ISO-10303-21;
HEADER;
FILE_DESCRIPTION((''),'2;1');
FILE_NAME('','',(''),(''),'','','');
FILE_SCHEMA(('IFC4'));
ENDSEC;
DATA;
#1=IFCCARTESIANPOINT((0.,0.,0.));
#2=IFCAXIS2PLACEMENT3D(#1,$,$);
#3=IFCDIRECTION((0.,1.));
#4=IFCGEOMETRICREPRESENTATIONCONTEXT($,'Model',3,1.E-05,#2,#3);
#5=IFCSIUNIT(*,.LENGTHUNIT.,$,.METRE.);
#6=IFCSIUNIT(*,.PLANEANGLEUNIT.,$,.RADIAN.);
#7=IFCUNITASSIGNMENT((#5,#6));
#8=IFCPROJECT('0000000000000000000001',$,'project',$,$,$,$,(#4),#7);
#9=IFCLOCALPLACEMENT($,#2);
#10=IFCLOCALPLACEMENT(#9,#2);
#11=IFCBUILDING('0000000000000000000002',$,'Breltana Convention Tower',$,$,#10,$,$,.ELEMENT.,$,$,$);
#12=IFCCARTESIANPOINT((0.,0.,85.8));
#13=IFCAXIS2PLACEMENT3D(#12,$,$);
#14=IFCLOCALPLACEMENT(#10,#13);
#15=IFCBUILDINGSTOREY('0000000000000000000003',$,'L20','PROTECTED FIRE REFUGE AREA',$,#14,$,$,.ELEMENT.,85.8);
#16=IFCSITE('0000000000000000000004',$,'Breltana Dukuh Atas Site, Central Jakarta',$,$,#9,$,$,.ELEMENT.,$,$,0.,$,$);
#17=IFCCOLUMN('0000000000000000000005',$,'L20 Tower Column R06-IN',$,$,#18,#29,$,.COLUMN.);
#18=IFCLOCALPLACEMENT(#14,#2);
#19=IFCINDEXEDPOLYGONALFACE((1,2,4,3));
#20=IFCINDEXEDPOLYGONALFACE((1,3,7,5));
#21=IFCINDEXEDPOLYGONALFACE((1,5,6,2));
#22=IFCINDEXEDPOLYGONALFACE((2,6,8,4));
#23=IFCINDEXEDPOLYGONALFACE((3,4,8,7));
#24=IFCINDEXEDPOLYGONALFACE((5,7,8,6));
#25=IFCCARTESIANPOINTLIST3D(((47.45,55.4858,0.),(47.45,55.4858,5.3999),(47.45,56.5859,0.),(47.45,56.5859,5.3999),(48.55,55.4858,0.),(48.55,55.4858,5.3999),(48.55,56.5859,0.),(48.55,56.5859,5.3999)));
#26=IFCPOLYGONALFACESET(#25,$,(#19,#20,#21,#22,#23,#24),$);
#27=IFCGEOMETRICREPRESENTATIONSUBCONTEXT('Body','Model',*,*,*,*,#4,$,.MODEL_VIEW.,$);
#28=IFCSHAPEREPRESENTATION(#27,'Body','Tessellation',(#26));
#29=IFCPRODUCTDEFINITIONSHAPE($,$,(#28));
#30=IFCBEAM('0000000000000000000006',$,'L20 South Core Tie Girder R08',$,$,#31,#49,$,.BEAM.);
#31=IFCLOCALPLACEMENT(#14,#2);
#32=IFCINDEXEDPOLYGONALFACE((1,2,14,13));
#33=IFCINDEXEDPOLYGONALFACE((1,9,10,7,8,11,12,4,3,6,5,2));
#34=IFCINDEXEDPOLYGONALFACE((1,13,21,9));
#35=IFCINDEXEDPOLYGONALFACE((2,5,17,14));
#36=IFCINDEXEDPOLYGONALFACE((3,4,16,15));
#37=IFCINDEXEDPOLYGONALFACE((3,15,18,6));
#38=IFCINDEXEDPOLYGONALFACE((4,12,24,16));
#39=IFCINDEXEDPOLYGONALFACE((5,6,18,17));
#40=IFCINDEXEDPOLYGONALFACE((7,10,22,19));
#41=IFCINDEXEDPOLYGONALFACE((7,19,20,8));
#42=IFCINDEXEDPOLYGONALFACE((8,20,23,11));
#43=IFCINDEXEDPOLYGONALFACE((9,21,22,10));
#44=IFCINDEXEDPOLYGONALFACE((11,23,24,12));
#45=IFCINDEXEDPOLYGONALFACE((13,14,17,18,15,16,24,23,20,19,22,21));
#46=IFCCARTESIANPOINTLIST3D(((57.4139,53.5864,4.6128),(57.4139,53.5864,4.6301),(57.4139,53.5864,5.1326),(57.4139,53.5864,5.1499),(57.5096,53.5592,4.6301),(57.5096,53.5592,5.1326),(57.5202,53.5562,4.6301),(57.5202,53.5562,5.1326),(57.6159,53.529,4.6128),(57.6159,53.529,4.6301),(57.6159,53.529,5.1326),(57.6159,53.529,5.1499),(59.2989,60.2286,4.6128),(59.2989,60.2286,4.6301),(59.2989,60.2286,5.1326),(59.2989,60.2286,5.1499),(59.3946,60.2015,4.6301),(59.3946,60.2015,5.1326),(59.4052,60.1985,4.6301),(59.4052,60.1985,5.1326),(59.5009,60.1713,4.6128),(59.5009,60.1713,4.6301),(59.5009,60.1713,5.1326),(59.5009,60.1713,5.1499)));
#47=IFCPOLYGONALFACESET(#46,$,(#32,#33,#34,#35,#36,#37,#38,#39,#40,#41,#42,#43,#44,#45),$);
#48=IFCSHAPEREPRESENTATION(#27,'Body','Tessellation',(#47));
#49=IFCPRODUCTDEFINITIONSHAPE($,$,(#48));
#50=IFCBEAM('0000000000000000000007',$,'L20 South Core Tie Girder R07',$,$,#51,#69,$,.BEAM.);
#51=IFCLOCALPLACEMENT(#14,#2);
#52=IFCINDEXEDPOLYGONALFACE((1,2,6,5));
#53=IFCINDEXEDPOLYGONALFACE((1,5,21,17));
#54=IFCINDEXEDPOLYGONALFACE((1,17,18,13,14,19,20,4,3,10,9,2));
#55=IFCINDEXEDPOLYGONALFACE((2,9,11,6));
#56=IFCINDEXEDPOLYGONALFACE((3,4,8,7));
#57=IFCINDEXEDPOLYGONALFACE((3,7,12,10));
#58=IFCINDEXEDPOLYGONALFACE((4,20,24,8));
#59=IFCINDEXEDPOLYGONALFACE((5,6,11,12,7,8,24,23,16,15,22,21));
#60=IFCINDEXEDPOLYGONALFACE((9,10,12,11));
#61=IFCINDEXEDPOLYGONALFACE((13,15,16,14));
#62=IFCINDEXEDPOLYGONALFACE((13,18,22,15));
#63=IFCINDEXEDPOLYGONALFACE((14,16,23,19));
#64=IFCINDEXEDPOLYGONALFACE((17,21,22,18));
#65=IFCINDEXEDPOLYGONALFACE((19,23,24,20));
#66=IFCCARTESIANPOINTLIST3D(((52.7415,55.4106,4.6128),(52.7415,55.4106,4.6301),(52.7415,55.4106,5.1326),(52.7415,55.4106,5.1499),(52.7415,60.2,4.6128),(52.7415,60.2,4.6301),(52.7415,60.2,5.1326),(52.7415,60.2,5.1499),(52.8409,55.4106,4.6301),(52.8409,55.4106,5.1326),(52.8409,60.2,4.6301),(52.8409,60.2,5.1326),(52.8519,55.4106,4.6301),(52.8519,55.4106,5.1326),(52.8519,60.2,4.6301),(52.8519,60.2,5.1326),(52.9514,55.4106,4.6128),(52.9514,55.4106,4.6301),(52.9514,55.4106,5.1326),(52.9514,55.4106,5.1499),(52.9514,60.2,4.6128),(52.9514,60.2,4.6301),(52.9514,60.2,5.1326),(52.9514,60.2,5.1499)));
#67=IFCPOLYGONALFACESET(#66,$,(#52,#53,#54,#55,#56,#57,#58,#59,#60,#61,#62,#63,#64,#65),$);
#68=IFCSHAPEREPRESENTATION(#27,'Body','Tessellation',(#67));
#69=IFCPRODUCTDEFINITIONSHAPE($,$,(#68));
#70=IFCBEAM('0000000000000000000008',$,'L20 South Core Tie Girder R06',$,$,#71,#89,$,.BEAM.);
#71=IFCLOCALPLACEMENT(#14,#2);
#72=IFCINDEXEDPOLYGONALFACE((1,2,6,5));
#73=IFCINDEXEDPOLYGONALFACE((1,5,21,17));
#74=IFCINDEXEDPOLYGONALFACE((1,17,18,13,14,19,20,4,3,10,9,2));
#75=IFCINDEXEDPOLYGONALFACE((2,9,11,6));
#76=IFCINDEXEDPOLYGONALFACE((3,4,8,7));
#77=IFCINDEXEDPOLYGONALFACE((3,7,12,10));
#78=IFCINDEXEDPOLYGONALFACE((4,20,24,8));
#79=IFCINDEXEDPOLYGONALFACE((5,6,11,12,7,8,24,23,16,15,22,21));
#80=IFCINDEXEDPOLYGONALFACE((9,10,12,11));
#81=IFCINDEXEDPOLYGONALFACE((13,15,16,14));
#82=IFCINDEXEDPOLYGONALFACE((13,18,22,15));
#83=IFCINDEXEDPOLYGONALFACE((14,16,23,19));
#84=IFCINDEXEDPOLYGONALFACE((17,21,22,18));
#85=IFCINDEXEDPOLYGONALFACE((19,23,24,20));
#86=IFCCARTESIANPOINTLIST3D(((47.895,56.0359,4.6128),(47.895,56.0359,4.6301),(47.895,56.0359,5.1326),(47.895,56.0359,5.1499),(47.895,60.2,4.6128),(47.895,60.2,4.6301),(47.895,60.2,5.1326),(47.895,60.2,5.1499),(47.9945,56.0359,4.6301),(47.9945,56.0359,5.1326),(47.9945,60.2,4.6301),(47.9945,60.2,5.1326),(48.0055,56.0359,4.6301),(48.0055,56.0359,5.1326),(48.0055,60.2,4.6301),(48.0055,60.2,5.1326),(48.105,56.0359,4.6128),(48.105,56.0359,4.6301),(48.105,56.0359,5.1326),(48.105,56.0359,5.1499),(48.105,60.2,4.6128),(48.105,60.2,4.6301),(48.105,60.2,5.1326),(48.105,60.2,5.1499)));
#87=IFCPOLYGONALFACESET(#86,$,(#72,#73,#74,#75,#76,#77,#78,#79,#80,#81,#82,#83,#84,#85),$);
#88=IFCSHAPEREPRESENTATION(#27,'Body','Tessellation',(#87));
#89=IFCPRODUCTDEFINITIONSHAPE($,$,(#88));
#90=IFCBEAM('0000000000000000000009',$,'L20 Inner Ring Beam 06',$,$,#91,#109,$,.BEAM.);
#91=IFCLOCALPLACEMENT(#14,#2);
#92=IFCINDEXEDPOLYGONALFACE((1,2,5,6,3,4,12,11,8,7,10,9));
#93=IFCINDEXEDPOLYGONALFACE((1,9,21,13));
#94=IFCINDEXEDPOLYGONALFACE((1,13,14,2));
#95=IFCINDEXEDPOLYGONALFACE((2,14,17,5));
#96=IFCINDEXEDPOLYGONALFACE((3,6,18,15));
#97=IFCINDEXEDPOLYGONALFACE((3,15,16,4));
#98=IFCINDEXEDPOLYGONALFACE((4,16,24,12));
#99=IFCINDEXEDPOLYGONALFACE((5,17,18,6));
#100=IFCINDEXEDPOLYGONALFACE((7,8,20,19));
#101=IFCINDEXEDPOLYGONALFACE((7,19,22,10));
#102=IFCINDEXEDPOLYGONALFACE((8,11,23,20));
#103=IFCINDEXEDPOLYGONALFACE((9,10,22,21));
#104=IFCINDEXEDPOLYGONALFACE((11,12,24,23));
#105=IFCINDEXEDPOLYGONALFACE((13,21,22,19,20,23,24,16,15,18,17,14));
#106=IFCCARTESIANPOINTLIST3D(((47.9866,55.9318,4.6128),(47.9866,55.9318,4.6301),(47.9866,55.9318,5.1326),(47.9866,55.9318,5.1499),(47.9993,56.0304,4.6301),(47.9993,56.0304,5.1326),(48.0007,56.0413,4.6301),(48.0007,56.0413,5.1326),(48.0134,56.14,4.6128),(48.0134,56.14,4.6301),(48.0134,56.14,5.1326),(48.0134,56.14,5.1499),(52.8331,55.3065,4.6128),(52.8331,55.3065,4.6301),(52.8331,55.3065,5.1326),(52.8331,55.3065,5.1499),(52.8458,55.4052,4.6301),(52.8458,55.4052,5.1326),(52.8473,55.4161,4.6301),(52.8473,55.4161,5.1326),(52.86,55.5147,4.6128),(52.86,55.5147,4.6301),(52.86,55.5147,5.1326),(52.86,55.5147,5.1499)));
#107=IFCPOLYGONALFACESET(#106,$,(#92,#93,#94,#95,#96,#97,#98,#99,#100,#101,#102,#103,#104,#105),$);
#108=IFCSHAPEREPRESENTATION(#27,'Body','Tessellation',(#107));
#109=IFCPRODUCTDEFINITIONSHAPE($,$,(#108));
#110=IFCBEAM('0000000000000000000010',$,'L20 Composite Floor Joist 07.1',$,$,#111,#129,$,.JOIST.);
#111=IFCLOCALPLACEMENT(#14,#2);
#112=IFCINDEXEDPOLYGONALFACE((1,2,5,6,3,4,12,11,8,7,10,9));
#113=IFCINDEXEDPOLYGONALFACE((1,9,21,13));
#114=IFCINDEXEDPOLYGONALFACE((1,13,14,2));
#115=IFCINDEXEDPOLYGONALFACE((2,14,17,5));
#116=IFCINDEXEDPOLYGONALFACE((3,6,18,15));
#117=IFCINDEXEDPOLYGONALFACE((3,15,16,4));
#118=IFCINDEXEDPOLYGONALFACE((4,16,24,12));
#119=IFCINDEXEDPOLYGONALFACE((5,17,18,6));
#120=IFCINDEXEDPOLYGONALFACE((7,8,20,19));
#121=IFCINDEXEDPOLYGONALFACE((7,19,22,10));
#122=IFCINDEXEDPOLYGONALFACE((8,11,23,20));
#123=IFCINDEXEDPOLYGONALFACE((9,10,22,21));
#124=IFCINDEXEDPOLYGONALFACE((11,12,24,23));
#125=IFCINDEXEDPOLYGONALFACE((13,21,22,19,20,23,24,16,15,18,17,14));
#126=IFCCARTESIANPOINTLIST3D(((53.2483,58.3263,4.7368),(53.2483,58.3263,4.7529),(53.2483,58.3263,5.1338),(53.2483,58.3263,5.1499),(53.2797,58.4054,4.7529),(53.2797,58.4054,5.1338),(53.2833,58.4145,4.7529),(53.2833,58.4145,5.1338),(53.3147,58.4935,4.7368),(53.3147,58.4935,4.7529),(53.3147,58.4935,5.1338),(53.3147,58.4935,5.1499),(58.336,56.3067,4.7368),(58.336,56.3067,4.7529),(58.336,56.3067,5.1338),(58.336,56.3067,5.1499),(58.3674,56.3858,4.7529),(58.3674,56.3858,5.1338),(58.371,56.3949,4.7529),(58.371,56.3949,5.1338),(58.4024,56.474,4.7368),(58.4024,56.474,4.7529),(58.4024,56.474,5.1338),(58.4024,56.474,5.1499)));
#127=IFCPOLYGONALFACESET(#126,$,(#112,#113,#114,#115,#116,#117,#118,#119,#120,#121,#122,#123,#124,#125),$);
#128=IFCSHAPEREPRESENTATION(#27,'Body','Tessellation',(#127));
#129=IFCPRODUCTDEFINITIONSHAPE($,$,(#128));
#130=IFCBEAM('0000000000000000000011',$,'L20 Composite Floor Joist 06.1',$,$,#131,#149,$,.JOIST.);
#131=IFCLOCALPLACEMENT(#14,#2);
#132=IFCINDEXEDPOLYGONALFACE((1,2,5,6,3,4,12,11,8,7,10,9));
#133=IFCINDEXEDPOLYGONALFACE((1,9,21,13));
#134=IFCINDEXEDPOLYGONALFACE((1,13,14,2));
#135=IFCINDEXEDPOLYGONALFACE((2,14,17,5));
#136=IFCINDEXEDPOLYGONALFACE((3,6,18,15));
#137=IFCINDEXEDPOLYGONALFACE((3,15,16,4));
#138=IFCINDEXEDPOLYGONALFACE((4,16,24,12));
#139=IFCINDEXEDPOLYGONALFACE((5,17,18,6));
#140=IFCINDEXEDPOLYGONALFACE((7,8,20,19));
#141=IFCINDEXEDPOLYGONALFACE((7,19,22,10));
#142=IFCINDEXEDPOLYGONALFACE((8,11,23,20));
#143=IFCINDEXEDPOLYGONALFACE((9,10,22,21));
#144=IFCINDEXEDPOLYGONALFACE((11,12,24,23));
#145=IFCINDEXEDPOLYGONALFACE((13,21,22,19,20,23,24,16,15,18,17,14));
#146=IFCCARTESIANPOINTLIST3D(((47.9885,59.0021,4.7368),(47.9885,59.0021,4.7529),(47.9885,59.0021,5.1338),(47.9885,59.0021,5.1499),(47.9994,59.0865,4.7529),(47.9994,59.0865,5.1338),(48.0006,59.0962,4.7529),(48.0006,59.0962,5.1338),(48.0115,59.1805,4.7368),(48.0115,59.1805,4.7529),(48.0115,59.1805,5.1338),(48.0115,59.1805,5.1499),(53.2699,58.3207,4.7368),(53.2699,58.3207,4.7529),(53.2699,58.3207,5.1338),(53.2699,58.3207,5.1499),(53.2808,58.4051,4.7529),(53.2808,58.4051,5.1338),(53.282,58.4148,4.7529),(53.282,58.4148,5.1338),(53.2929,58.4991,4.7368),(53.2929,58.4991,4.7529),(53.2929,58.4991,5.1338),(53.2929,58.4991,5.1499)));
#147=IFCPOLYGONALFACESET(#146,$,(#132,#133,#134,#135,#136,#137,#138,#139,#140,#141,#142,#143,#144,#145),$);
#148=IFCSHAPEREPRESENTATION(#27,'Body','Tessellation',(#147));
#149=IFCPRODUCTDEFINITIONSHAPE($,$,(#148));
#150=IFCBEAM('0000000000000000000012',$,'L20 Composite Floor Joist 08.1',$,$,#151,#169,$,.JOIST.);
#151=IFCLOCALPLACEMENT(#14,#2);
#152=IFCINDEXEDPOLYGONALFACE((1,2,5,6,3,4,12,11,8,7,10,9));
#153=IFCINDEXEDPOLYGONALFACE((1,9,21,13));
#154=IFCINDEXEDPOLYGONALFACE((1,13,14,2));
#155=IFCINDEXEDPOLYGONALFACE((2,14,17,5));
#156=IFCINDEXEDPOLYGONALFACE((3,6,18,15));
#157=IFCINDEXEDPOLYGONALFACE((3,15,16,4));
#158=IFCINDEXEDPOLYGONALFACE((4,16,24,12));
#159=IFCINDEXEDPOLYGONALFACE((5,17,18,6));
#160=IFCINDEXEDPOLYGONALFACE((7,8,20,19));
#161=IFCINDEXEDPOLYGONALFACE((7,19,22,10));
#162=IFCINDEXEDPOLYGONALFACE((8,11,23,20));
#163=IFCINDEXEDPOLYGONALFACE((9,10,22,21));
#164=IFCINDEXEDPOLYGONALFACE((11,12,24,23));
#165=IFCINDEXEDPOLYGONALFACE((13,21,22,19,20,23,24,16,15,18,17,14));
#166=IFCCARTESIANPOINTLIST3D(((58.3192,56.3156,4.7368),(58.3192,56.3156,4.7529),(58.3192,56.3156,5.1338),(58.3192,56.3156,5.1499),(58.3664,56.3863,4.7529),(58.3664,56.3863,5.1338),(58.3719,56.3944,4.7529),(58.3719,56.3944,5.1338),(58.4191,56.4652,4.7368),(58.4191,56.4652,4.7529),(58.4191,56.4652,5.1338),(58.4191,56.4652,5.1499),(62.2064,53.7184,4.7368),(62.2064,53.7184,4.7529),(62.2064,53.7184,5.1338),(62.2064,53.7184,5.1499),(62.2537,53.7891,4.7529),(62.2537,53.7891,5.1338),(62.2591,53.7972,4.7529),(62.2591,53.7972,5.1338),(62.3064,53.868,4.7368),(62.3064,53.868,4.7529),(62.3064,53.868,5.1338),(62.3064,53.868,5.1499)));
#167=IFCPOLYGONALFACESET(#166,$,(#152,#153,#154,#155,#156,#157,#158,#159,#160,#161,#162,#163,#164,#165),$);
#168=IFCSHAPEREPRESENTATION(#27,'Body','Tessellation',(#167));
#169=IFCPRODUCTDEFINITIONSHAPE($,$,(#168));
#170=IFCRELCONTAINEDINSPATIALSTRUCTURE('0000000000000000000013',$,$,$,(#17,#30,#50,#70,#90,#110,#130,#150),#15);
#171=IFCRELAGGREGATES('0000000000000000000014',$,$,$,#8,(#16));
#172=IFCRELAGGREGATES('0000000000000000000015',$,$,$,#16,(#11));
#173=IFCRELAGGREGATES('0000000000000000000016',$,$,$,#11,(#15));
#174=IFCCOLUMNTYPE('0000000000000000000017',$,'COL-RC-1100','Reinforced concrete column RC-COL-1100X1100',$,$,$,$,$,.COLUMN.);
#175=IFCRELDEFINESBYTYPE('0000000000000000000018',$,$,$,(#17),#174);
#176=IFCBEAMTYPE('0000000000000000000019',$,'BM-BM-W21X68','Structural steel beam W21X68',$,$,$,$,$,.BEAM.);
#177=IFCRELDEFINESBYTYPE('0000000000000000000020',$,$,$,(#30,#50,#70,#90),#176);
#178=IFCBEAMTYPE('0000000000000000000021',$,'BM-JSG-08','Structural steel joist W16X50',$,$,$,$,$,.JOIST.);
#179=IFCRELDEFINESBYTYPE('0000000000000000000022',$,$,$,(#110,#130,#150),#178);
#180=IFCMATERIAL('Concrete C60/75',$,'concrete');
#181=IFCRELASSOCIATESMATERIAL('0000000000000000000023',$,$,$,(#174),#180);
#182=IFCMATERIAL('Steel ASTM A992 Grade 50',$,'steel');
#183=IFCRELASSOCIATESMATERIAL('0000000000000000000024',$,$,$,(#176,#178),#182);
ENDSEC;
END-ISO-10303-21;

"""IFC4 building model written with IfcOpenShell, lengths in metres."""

from ifc_helpers import new_model, si_unit, direction, frame, origin, origin_2d, place, context, subcontext, project, spatial, rectangle, i_section, extrude, source, transform, mapped, material, material_profile, profile_set, type_object, type_shapes, element, save


model = new_model("IFC4")

# Units and contexts
model_context = context("Model", 3, precision=1e-05, world=origin(), true_north=direction((0.0, 1.0)))
body_context = subcontext(model_context, "Body", "Model", "MODEL_VIEW")
ifc_project = project(units=[si_unit("LENGTHUNIT", "METRE"), si_unit("PLANEANGLEUNIT", "RADIAN")], contexts=[model_context])

# Site, building, storey
site_placement = place(None, origin())
site = spatial("IfcSite", under=ifc_project, at=site_placement, Name="Breltana Dukuh Atas Site, Central Jakarta", CompositionType="ELEMENT", RefElevation=0.0)
building_placement = place(site_placement, origin())
building = spatial("IfcBuilding", under=site, at=building_placement, Name="Breltana Convention Tower", CompositionType="ELEMENT")
storey_placement = place(building_placement, frame((0.0, 0.0, 85.8)))
storey = spatial("IfcBuildingStorey", under=building, at=storey_placement, Name="L20", Description="PROTECTED FIRE REFUGE AREA", CompositionType="ELEMENT", Elevation=85.8)

# Column
ifc_material_1 = material(Name="Concrete C60/75", Category="concrete")
ifc_material_profile_1 = material_profile(ifc_material_1, rectangle(XDim=1.1001, YDim=1.1001, at=origin_2d()), Name="RC-COL-1100X1100")
ifc_profile_set_1 = profile_set([ifc_material_profile_1], Name="Concrete C60/75")
column_type = type_object("IfcColumnType", Name="COL-RC-1100", Description="Reinforced concrete column RC-COL-1100X1100", PredefinedType="COLUMN", material=ifc_profile_set_1)
shared_shape_1 = source(origin(), body_context, "Body", "SweptSolid", [
    extrude(rectangle(XDim=1.1001, YDim=1.1001, at=origin_2d()), origin(), (0.0, 0.0, 1.0), 5.3999),
])
type_shapes(column_type, [shared_shape_1])
column_placement = place(storey_placement, frame((48.0, 56.0359, 0.0), z_axis=(0.0, 0.0, 1.0), x_axis=(0.0, 1.0, 0.0)))
element("IfcColumn", 1, at=column_placement, inside=storey, type_object=column_type, Name="L20 Tower Column R06-IN", PredefinedType="COLUMN", context=body_context, shape_type="MappedRepresentation", body=[
    mapped(shared_shape_1, transform((0.0, 0.0, 0.0), scale=1.0)),
])

# Beams
ifc_material_2 = material(Name="Steel ASTM A992 Grade 50", Category="steel")
ifc_material_profile_2 = material_profile(ifc_material_2, i_section(OverallWidth=0.21, OverallDepth=0.5371, WebThickness=0.011, FlangeThickness=0.0173, at=origin_2d()), Name="W21X68")
ifc_profile_set_2 = profile_set([ifc_material_profile_2], Name="Steel ASTM A992 Grade 50")
beam_type_1 = type_object("IfcBeamType", Name="BM-BM-W21X68", Description="Structural steel beam W21X68", PredefinedType="BEAM", material=ifc_profile_set_2)
shared_shape_2 = source(origin(), body_context, "Body", "SweptSolid", [
    extrude(i_section(OverallWidth=0.21, OverallDepth=0.5371, WebThickness=0.011, FlangeThickness=0.0173, at=origin_2d()), origin(), (0.0, 0.0, 1.0), 6.9045),
])
type_shapes(beam_type_1, [shared_shape_2])
beam_1_placement = place(storey_placement, frame((59.3999, 60.2, 4.8813), z_axis=(-0.273007, -0.962012, 0.0), x_axis=(0.962012, -0.273007, 0.0)))
element("IfcBeam", 2, at=beam_1_placement, inside=storey, type_object=beam_type_1, Name="L20 South Core Tie Girder R08", PredefinedType="BEAM", context=body_context, shape_type="MappedRepresentation", body=[
    mapped(shared_shape_2, transform((0.0, 0.0, 0.0), scale=1.0)),
])
shared_shape_3 = source(origin(), body_context, "Body", "SweptSolid", [
    extrude(i_section(OverallWidth=0.21, OverallDepth=0.5371, WebThickness=0.011, FlangeThickness=0.0173, at=origin_2d()), origin(), (0.0, 0.0, 1.0), 4.7893),
])
beam_2_placement = place(storey_placement, frame((52.8464, 60.2, 4.8813), z_axis=(0.0, -1.0, 0.0), x_axis=(1.0, 0.0, 0.0)))
element("IfcBeam", 3, at=beam_2_placement, inside=storey, type_object=beam_type_1, Name="L20 South Core Tie Girder R07", PredefinedType="BEAM", context=body_context, shape_type="MappedRepresentation", body=[
    mapped(shared_shape_3, transform((0.0, 0.0, 0.0), scale=1.0)),
])
shared_shape_4 = source(origin(), body_context, "Body", "SweptSolid", [
    extrude(i_section(OverallWidth=0.21, OverallDepth=0.5371, WebThickness=0.011, FlangeThickness=0.0173, at=origin_2d()), origin(), (0.0, 0.0, 1.0), 4.1641),
])
beam_3_placement = place(storey_placement, frame((48.0, 60.2, 4.8813), z_axis=(0.0, -1.0, 0.0), x_axis=(1.0, 0.0, 0.0)))
element("IfcBeam", 4, at=beam_3_placement, inside=storey, type_object=beam_type_1, Name="L20 South Core Tie Girder R06", PredefinedType="BEAM", context=body_context, shape_type="MappedRepresentation", body=[
    mapped(shared_shape_4, transform((0.0, 0.0, 0.0), scale=1.0)),
])
shared_shape_5 = source(origin(), body_context, "Body", "SweptSolid", [
    extrude(i_section(OverallWidth=0.21, OverallDepth=0.5371, WebThickness=0.011, FlangeThickness=0.0173, at=origin_2d()), origin(), (0.0, 0.0, 1.0), 4.8867),
])
beam_4_placement = place(storey_placement, frame((48.0, 56.0359, 4.8813), z_axis=(0.991781, -0.127951, 0.0), x_axis=(0.127951, 0.991781, 0.0)))
element("IfcBeam", 5, at=beam_4_placement, inside=storey, type_object=beam_type_1, Name="L20 Inner Ring Beam 06", PredefinedType="BEAM", context=body_context, shape_type="MappedRepresentation", body=[
    mapped(shared_shape_5, transform((0.0, 0.0, 0.0), scale=1.0)),
])
ifc_material_profile_3 = material_profile(ifc_material_2, i_section(OverallWidth=0.1799, OverallDepth=0.4131, WebThickness=0.0098, FlangeThickness=0.0161, at=origin_2d()), Name="W16X50")
ifc_profile_set_3 = profile_set([ifc_material_profile_3], Name="Steel ASTM A992 Grade 50")
beam_type_2 = type_object("IfcBeamType", Name="BM-JSG-08", Description="Structural steel joist W16X50", PredefinedType="JOIST", material=ifc_profile_set_3)
shared_shape_6 = source(origin(), body_context, "Body", "SweptSolid", [
    extrude(i_section(OverallWidth=0.1799, OverallDepth=0.4131, WebThickness=0.0098, FlangeThickness=0.0161, at=origin_2d()), origin(), (0.0, 0.0, 1.0), 5.4739),
])
beam_5_placement = place(storey_placement, frame((53.2815, 58.4099, 4.9434), z_axis=(0.929452, -0.368944, 0.0), x_axis=(0.368944, 0.929452, 0.0)))
element("IfcBeam", 6, at=beam_5_placement, inside=storey, type_object=beam_type_2, Name="L20 Composite Floor Joist 07.1", PredefinedType="JOIST", context=body_context, shape_type="MappedRepresentation", body=[
    mapped(shared_shape_6, transform((0.0, 0.0, 0.0), scale=1.0)),
])
shared_shape_7 = source(origin(), body_context, "Body", "SweptSolid", [
    extrude(i_section(OverallWidth=0.1799, OverallDepth=0.4131, WebThickness=0.0098, FlangeThickness=0.0161, at=origin_2d()), origin(), (0.0, 0.0, 1.0), 5.3252),
])
beam_6_placement = place(storey_placement, frame((48.0, 59.0913, 4.9434), z_axis=(0.99178, -0.127955, 0.0), x_axis=(0.127955, 0.99178, 0.0)))
element("IfcBeam", 7, at=beam_6_placement, inside=storey, type_object=beam_type_2, Name="L20 Composite Floor Joist 06.1", PredefinedType="JOIST", context=body_context, shape_type="MappedRepresentation", body=[
    mapped(shared_shape_7, transform((0.0, 0.0, 0.0), scale=1.0)),
])
shared_shape_8 = source(origin(), body_context, "Body", "SweptSolid", [
    extrude(i_section(OverallWidth=0.1799, OverallDepth=0.4131, WebThickness=0.0098, FlangeThickness=0.0161, at=origin_2d()), origin(), (0.0, 0.0, 1.0), 4.675),
])
beam_7_placement = place(storey_placement, frame((58.3691, 56.3904, 4.9434), z_axis=(0.831487, -0.555544, 0.0), x_axis=(0.555544, 0.831487, 0.0)))
element("IfcBeam", 8, at=beam_7_placement, inside=storey, type_object=beam_type_2, Name="L20 Composite Floor Joist 08.1", PredefinedType="JOIST", context=body_context, shape_type="MappedRepresentation", body=[
    mapped(shared_shape_8, transform((0.0, 0.0, 0.0), scale=1.0)),
])

save(model, "model.ifc")
